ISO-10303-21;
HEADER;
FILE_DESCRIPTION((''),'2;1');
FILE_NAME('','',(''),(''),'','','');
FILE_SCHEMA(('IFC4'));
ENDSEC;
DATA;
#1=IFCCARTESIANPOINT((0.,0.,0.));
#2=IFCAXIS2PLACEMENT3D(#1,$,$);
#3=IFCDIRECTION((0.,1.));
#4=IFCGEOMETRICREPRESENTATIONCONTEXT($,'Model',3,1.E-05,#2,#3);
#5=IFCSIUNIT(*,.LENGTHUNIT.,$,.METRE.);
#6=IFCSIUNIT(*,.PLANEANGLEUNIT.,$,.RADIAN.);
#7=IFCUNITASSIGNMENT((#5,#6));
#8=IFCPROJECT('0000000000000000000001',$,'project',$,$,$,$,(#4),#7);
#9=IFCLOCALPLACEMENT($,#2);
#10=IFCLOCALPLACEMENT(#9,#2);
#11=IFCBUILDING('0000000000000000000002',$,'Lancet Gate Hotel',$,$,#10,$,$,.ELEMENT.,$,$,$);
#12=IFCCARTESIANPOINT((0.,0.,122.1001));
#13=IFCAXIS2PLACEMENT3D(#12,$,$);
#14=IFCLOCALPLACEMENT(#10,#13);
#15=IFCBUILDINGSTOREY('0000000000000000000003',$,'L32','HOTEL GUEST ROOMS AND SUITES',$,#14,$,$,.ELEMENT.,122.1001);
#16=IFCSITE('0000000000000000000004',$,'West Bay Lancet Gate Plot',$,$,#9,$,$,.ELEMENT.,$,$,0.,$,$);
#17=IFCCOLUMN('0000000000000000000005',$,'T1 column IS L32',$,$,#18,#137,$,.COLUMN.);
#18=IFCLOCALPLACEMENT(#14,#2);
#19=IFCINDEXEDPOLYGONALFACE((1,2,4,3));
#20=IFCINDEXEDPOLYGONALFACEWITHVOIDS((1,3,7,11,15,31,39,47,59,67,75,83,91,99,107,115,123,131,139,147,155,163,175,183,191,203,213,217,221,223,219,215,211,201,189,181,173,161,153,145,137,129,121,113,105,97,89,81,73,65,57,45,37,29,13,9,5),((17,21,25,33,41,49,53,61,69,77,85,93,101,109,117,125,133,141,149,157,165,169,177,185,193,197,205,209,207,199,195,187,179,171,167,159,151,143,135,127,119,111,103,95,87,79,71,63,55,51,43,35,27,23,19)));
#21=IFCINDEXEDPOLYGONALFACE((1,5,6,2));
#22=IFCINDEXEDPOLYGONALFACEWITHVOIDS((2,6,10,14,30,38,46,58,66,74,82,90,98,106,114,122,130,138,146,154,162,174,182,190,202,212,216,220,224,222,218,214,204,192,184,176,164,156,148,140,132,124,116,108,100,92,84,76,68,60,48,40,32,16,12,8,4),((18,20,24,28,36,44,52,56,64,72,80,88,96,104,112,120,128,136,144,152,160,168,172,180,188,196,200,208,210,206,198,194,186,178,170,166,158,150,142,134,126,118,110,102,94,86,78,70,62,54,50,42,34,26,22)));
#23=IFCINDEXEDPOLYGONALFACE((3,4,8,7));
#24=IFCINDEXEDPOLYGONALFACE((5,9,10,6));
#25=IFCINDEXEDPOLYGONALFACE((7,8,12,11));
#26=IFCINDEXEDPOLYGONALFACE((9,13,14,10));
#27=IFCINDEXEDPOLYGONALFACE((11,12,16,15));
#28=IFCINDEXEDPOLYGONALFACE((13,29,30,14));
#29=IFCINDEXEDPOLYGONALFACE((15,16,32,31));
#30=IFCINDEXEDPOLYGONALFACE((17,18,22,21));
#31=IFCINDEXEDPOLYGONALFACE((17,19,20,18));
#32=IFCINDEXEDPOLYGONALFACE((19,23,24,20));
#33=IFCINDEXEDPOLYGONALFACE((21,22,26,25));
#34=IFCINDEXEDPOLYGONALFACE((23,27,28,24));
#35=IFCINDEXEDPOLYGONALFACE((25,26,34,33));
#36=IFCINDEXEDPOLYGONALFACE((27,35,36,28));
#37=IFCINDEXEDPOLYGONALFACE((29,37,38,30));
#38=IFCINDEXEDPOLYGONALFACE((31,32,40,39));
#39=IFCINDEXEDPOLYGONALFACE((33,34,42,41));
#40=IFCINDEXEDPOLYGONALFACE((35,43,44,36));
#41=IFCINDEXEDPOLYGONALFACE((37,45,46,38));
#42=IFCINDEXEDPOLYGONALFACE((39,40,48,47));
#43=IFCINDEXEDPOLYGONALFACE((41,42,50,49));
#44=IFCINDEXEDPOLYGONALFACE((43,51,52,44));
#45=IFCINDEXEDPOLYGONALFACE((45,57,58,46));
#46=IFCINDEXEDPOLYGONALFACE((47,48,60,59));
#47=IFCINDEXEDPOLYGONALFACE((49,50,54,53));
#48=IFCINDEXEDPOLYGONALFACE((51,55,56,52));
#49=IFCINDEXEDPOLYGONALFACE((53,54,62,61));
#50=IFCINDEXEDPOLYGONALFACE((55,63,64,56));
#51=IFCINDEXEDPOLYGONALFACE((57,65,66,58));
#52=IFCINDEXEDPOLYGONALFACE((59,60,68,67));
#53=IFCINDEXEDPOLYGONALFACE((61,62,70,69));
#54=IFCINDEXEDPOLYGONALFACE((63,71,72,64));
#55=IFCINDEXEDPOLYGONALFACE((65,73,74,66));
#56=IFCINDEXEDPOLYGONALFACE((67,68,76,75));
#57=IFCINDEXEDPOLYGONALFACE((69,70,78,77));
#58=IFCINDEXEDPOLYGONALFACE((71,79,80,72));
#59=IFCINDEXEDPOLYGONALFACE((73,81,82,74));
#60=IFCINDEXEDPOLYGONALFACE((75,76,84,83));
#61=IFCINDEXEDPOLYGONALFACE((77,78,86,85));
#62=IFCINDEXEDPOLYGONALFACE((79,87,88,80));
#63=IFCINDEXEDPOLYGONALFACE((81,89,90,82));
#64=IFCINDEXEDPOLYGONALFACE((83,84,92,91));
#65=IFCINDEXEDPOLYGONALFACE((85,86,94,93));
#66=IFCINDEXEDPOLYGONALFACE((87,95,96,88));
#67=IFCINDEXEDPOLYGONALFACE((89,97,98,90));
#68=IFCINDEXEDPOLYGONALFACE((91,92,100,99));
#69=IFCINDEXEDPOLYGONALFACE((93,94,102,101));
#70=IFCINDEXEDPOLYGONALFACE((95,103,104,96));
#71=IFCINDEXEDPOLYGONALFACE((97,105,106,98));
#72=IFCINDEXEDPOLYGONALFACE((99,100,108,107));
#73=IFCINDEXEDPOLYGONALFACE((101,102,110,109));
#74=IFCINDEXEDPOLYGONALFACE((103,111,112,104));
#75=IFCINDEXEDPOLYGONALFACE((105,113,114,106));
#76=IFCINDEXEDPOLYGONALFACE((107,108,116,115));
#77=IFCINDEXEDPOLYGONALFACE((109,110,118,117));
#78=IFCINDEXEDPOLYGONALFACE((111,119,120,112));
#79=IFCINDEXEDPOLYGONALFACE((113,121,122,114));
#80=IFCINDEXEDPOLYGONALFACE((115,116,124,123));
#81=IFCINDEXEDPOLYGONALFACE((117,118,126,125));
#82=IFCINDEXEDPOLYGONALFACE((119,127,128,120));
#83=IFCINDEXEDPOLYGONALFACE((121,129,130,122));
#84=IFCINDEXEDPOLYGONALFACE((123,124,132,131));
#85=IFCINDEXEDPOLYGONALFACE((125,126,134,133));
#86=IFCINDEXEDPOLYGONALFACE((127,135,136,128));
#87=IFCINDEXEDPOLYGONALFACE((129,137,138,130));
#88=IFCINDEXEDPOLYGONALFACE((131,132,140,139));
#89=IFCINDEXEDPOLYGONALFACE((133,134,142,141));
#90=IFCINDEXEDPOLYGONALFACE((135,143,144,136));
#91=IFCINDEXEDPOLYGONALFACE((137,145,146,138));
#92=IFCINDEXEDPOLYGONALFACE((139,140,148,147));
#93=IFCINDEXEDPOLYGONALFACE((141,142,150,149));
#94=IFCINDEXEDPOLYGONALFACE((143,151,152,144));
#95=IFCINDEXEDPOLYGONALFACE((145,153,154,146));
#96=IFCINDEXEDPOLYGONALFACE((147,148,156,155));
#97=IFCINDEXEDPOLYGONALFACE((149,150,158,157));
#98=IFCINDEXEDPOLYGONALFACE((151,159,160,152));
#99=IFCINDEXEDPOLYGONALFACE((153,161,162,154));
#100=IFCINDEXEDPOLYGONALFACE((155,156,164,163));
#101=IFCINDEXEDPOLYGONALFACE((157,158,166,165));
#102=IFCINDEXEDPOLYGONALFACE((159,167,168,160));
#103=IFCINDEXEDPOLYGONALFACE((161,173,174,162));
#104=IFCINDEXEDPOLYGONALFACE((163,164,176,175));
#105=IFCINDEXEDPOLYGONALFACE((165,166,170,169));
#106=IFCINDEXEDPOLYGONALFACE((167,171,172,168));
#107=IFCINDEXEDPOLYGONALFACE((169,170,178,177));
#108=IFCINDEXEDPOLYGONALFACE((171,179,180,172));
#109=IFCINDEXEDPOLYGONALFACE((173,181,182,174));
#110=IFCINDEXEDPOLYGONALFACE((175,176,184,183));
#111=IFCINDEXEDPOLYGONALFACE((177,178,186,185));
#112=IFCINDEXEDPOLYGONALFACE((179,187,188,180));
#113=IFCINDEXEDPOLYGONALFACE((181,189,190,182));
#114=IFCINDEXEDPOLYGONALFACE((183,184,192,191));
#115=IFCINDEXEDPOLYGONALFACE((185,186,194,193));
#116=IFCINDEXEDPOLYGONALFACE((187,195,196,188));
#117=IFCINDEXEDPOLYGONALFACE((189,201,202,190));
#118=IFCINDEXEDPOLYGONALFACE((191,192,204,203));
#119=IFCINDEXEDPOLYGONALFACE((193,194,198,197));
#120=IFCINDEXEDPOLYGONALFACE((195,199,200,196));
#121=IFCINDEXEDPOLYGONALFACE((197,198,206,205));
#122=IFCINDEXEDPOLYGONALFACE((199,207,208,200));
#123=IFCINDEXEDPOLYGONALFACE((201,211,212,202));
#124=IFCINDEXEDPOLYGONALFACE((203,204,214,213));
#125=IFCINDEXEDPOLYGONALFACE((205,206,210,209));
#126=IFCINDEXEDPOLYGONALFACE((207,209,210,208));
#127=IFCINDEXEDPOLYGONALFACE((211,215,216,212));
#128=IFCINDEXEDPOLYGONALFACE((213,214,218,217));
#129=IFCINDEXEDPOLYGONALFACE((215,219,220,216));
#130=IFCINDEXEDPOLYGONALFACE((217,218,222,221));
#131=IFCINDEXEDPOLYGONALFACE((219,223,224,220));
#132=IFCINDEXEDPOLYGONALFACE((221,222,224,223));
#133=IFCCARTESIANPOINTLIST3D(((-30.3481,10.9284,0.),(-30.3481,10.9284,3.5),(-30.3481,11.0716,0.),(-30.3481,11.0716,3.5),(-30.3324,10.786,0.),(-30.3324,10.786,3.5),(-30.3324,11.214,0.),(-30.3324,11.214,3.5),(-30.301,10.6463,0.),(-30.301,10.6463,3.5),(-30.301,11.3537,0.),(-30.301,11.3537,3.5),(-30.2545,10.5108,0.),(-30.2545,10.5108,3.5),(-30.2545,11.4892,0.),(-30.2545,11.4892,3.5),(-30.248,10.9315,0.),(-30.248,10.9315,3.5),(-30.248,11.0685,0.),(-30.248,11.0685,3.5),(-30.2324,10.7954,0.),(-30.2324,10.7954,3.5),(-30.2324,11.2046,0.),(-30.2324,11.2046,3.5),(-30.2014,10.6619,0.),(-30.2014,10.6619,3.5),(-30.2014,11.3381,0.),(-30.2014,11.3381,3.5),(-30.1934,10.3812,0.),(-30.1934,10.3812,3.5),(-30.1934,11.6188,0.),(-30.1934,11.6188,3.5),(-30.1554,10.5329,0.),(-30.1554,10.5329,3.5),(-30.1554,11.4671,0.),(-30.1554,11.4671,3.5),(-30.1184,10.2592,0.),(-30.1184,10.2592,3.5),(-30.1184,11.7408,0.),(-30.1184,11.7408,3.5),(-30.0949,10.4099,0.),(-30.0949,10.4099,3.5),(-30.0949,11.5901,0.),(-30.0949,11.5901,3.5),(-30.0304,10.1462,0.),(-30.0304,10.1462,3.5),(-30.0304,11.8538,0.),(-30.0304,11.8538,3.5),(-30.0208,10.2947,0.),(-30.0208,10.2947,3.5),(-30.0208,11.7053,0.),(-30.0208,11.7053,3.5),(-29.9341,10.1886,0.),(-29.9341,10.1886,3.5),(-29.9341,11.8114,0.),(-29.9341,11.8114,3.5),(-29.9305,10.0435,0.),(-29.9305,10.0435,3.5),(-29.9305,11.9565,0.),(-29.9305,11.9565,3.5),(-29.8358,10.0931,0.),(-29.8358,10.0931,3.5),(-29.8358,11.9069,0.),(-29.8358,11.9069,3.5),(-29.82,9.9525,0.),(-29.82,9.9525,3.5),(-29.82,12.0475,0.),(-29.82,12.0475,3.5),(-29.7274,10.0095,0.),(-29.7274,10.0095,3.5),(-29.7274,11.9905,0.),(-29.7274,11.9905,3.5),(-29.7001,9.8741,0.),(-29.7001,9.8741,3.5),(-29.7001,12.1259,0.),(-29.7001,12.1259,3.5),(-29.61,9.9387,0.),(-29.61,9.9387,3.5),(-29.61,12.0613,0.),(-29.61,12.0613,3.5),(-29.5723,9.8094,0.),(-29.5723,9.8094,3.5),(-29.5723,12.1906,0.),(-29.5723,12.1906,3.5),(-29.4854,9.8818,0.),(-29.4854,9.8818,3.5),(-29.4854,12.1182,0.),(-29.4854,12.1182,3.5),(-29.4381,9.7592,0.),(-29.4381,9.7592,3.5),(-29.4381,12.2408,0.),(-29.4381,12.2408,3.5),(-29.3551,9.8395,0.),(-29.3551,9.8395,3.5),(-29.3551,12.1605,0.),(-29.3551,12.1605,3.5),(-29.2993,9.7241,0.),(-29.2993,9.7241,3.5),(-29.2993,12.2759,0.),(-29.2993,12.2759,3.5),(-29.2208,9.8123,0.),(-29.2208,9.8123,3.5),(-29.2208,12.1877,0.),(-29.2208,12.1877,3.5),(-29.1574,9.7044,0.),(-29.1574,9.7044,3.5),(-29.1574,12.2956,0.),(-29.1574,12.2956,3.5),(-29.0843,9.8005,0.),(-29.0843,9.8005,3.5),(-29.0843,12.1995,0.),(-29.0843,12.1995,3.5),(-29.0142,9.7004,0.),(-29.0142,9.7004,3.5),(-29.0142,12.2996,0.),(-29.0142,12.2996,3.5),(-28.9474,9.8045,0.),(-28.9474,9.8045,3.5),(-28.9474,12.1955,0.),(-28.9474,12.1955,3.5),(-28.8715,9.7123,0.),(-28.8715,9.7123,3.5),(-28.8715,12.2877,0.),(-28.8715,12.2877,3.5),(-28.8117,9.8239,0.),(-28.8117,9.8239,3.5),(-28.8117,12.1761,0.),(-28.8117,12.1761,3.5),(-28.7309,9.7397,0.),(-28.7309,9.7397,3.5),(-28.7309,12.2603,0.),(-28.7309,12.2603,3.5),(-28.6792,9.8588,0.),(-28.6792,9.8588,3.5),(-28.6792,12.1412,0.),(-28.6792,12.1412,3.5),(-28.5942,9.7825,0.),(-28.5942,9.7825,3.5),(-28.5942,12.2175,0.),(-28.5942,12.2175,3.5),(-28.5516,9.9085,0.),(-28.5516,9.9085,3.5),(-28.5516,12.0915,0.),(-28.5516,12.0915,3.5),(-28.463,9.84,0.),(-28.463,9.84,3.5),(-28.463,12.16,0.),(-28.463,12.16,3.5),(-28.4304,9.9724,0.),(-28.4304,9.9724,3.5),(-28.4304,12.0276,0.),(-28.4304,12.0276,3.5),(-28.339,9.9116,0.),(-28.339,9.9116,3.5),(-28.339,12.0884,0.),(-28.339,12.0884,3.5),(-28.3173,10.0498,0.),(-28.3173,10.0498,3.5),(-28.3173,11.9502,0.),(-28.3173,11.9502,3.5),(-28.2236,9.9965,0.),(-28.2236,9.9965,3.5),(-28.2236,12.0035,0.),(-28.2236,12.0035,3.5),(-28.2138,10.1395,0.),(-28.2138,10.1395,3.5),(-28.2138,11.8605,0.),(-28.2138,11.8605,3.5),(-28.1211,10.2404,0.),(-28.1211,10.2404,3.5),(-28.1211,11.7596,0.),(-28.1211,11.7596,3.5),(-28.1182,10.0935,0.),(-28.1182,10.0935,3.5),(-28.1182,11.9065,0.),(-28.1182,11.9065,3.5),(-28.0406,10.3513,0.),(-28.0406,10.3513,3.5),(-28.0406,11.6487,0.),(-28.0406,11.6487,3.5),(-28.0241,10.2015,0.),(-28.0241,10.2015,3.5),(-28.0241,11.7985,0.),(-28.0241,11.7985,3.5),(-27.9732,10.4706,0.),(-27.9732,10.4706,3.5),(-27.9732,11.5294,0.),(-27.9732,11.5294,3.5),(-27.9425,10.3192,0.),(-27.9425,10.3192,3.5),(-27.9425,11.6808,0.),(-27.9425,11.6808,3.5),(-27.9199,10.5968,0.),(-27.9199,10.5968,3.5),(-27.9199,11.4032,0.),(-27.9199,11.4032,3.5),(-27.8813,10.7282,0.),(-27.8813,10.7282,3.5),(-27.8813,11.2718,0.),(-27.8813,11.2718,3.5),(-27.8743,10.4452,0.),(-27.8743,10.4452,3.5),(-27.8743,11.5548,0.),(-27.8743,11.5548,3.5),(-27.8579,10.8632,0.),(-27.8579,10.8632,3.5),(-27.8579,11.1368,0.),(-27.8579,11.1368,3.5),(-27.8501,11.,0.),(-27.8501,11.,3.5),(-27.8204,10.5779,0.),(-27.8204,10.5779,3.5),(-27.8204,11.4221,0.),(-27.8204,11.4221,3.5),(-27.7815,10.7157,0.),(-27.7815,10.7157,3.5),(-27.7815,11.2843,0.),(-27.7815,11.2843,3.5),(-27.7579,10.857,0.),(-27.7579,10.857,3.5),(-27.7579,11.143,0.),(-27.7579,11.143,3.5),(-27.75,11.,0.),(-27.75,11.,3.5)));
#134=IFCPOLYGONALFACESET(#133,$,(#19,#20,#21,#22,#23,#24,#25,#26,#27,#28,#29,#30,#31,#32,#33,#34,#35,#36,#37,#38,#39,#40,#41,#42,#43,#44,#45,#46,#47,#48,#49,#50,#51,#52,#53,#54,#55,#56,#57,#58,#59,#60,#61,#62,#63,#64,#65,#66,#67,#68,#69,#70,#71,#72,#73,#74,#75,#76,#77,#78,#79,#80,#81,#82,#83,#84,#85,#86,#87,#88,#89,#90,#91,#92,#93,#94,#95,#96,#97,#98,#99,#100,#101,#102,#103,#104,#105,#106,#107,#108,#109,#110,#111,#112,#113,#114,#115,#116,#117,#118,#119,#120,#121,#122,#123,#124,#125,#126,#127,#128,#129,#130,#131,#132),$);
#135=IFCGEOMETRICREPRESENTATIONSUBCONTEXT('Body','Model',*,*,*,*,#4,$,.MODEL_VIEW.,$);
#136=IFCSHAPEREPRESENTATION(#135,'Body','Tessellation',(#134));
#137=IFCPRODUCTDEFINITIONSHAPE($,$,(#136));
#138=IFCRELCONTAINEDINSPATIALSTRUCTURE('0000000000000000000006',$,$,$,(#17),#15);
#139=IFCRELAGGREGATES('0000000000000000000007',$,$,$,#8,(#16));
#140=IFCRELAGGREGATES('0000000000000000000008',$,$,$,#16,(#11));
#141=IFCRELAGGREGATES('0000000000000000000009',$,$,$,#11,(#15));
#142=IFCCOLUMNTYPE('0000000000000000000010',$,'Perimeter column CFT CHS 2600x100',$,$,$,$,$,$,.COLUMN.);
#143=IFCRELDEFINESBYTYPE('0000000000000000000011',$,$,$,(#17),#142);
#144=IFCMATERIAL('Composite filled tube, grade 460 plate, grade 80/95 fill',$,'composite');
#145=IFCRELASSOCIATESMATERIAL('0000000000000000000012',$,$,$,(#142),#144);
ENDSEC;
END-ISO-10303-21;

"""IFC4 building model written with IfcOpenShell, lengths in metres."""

from ifc_helpers import new_model, si_unit, direction, frame, origin, origin_2d, place, context, subcontext, project, spatial, hollow_circle, extrude, material, material_profile, profile_set, type_object, element, save


model = new_model("IFC4")

# Units and contexts
model_context = context("Model", 3, precision=1e-05, world=origin(), true_north=direction((0.0, 1.0)))
body_context = subcontext(model_context, "Body", "Model", "MODEL_VIEW")
ifc_project = project(units=[si_unit("LENGTHUNIT", "METRE"), si_unit("PLANEANGLEUNIT", "RADIAN")], contexts=[model_context])

# Site, building, storey
site_placement = place(None, origin())
site = spatial("IfcSite", under=ifc_project, at=site_placement, Name="West Bay Lancet Gate Plot", CompositionType="ELEMENT", RefElevation=0.0)
building_placement = place(site_placement, origin())
building = spatial("IfcBuilding", under=site, at=building_placement, Name="Lancet Gate Hotel", CompositionType="ELEMENT")
storey_placement = place(building_placement, frame((0.0, 0.0, 122.1001)))
storey = spatial("IfcBuildingStorey", under=building, at=storey_placement, Name="L32", Description="HOTEL GUEST ROOMS AND SUITES", CompositionType="ELEMENT", Elevation=122.1001)

# Column
ifc_material_1 = material(Name="Composite filled tube, grade 460 plate, grade 80/95 fill", Category="composite")
ifc_material_profile_1 = material_profile(ifc_material_1, hollow_circle(Radius=1.3, WallThickness=0.1001, at=origin_2d()), Name="CHS 2600x100")
ifc_profile_set_1 = profile_set([ifc_material_profile_1], Name="Composite filled tube, grade 460 plate, grade 80/95 fill")
column_type = type_object("IfcColumnType", Name="Perimeter column CFT CHS 2600x100", PredefinedType="COLUMN", material=ifc_profile_set_1)
for number, where, z_axis, x_axis, name in (
    (1, (-29.05, 11.0, 0.0), (0.0, 0.0, 1.0), (1.0, 0.0, 0.0), "T1 column IS L32"),
):
    element("IfcColumn", number, at=place(storey_placement, frame(where, z_axis=z_axis, x_axis=x_axis)), inside=storey, type_object=column_type, Name=name, PredefinedType="COLUMN", context=body_context, shape_type="SweptSolid", body=[
        extrude(hollow_circle(Radius=1.3, WallThickness=0.1001, at=origin_2d()), origin(), (0.0, 0.0, 1.0), 3.5),
    ])

save(model, "model.ifc")
